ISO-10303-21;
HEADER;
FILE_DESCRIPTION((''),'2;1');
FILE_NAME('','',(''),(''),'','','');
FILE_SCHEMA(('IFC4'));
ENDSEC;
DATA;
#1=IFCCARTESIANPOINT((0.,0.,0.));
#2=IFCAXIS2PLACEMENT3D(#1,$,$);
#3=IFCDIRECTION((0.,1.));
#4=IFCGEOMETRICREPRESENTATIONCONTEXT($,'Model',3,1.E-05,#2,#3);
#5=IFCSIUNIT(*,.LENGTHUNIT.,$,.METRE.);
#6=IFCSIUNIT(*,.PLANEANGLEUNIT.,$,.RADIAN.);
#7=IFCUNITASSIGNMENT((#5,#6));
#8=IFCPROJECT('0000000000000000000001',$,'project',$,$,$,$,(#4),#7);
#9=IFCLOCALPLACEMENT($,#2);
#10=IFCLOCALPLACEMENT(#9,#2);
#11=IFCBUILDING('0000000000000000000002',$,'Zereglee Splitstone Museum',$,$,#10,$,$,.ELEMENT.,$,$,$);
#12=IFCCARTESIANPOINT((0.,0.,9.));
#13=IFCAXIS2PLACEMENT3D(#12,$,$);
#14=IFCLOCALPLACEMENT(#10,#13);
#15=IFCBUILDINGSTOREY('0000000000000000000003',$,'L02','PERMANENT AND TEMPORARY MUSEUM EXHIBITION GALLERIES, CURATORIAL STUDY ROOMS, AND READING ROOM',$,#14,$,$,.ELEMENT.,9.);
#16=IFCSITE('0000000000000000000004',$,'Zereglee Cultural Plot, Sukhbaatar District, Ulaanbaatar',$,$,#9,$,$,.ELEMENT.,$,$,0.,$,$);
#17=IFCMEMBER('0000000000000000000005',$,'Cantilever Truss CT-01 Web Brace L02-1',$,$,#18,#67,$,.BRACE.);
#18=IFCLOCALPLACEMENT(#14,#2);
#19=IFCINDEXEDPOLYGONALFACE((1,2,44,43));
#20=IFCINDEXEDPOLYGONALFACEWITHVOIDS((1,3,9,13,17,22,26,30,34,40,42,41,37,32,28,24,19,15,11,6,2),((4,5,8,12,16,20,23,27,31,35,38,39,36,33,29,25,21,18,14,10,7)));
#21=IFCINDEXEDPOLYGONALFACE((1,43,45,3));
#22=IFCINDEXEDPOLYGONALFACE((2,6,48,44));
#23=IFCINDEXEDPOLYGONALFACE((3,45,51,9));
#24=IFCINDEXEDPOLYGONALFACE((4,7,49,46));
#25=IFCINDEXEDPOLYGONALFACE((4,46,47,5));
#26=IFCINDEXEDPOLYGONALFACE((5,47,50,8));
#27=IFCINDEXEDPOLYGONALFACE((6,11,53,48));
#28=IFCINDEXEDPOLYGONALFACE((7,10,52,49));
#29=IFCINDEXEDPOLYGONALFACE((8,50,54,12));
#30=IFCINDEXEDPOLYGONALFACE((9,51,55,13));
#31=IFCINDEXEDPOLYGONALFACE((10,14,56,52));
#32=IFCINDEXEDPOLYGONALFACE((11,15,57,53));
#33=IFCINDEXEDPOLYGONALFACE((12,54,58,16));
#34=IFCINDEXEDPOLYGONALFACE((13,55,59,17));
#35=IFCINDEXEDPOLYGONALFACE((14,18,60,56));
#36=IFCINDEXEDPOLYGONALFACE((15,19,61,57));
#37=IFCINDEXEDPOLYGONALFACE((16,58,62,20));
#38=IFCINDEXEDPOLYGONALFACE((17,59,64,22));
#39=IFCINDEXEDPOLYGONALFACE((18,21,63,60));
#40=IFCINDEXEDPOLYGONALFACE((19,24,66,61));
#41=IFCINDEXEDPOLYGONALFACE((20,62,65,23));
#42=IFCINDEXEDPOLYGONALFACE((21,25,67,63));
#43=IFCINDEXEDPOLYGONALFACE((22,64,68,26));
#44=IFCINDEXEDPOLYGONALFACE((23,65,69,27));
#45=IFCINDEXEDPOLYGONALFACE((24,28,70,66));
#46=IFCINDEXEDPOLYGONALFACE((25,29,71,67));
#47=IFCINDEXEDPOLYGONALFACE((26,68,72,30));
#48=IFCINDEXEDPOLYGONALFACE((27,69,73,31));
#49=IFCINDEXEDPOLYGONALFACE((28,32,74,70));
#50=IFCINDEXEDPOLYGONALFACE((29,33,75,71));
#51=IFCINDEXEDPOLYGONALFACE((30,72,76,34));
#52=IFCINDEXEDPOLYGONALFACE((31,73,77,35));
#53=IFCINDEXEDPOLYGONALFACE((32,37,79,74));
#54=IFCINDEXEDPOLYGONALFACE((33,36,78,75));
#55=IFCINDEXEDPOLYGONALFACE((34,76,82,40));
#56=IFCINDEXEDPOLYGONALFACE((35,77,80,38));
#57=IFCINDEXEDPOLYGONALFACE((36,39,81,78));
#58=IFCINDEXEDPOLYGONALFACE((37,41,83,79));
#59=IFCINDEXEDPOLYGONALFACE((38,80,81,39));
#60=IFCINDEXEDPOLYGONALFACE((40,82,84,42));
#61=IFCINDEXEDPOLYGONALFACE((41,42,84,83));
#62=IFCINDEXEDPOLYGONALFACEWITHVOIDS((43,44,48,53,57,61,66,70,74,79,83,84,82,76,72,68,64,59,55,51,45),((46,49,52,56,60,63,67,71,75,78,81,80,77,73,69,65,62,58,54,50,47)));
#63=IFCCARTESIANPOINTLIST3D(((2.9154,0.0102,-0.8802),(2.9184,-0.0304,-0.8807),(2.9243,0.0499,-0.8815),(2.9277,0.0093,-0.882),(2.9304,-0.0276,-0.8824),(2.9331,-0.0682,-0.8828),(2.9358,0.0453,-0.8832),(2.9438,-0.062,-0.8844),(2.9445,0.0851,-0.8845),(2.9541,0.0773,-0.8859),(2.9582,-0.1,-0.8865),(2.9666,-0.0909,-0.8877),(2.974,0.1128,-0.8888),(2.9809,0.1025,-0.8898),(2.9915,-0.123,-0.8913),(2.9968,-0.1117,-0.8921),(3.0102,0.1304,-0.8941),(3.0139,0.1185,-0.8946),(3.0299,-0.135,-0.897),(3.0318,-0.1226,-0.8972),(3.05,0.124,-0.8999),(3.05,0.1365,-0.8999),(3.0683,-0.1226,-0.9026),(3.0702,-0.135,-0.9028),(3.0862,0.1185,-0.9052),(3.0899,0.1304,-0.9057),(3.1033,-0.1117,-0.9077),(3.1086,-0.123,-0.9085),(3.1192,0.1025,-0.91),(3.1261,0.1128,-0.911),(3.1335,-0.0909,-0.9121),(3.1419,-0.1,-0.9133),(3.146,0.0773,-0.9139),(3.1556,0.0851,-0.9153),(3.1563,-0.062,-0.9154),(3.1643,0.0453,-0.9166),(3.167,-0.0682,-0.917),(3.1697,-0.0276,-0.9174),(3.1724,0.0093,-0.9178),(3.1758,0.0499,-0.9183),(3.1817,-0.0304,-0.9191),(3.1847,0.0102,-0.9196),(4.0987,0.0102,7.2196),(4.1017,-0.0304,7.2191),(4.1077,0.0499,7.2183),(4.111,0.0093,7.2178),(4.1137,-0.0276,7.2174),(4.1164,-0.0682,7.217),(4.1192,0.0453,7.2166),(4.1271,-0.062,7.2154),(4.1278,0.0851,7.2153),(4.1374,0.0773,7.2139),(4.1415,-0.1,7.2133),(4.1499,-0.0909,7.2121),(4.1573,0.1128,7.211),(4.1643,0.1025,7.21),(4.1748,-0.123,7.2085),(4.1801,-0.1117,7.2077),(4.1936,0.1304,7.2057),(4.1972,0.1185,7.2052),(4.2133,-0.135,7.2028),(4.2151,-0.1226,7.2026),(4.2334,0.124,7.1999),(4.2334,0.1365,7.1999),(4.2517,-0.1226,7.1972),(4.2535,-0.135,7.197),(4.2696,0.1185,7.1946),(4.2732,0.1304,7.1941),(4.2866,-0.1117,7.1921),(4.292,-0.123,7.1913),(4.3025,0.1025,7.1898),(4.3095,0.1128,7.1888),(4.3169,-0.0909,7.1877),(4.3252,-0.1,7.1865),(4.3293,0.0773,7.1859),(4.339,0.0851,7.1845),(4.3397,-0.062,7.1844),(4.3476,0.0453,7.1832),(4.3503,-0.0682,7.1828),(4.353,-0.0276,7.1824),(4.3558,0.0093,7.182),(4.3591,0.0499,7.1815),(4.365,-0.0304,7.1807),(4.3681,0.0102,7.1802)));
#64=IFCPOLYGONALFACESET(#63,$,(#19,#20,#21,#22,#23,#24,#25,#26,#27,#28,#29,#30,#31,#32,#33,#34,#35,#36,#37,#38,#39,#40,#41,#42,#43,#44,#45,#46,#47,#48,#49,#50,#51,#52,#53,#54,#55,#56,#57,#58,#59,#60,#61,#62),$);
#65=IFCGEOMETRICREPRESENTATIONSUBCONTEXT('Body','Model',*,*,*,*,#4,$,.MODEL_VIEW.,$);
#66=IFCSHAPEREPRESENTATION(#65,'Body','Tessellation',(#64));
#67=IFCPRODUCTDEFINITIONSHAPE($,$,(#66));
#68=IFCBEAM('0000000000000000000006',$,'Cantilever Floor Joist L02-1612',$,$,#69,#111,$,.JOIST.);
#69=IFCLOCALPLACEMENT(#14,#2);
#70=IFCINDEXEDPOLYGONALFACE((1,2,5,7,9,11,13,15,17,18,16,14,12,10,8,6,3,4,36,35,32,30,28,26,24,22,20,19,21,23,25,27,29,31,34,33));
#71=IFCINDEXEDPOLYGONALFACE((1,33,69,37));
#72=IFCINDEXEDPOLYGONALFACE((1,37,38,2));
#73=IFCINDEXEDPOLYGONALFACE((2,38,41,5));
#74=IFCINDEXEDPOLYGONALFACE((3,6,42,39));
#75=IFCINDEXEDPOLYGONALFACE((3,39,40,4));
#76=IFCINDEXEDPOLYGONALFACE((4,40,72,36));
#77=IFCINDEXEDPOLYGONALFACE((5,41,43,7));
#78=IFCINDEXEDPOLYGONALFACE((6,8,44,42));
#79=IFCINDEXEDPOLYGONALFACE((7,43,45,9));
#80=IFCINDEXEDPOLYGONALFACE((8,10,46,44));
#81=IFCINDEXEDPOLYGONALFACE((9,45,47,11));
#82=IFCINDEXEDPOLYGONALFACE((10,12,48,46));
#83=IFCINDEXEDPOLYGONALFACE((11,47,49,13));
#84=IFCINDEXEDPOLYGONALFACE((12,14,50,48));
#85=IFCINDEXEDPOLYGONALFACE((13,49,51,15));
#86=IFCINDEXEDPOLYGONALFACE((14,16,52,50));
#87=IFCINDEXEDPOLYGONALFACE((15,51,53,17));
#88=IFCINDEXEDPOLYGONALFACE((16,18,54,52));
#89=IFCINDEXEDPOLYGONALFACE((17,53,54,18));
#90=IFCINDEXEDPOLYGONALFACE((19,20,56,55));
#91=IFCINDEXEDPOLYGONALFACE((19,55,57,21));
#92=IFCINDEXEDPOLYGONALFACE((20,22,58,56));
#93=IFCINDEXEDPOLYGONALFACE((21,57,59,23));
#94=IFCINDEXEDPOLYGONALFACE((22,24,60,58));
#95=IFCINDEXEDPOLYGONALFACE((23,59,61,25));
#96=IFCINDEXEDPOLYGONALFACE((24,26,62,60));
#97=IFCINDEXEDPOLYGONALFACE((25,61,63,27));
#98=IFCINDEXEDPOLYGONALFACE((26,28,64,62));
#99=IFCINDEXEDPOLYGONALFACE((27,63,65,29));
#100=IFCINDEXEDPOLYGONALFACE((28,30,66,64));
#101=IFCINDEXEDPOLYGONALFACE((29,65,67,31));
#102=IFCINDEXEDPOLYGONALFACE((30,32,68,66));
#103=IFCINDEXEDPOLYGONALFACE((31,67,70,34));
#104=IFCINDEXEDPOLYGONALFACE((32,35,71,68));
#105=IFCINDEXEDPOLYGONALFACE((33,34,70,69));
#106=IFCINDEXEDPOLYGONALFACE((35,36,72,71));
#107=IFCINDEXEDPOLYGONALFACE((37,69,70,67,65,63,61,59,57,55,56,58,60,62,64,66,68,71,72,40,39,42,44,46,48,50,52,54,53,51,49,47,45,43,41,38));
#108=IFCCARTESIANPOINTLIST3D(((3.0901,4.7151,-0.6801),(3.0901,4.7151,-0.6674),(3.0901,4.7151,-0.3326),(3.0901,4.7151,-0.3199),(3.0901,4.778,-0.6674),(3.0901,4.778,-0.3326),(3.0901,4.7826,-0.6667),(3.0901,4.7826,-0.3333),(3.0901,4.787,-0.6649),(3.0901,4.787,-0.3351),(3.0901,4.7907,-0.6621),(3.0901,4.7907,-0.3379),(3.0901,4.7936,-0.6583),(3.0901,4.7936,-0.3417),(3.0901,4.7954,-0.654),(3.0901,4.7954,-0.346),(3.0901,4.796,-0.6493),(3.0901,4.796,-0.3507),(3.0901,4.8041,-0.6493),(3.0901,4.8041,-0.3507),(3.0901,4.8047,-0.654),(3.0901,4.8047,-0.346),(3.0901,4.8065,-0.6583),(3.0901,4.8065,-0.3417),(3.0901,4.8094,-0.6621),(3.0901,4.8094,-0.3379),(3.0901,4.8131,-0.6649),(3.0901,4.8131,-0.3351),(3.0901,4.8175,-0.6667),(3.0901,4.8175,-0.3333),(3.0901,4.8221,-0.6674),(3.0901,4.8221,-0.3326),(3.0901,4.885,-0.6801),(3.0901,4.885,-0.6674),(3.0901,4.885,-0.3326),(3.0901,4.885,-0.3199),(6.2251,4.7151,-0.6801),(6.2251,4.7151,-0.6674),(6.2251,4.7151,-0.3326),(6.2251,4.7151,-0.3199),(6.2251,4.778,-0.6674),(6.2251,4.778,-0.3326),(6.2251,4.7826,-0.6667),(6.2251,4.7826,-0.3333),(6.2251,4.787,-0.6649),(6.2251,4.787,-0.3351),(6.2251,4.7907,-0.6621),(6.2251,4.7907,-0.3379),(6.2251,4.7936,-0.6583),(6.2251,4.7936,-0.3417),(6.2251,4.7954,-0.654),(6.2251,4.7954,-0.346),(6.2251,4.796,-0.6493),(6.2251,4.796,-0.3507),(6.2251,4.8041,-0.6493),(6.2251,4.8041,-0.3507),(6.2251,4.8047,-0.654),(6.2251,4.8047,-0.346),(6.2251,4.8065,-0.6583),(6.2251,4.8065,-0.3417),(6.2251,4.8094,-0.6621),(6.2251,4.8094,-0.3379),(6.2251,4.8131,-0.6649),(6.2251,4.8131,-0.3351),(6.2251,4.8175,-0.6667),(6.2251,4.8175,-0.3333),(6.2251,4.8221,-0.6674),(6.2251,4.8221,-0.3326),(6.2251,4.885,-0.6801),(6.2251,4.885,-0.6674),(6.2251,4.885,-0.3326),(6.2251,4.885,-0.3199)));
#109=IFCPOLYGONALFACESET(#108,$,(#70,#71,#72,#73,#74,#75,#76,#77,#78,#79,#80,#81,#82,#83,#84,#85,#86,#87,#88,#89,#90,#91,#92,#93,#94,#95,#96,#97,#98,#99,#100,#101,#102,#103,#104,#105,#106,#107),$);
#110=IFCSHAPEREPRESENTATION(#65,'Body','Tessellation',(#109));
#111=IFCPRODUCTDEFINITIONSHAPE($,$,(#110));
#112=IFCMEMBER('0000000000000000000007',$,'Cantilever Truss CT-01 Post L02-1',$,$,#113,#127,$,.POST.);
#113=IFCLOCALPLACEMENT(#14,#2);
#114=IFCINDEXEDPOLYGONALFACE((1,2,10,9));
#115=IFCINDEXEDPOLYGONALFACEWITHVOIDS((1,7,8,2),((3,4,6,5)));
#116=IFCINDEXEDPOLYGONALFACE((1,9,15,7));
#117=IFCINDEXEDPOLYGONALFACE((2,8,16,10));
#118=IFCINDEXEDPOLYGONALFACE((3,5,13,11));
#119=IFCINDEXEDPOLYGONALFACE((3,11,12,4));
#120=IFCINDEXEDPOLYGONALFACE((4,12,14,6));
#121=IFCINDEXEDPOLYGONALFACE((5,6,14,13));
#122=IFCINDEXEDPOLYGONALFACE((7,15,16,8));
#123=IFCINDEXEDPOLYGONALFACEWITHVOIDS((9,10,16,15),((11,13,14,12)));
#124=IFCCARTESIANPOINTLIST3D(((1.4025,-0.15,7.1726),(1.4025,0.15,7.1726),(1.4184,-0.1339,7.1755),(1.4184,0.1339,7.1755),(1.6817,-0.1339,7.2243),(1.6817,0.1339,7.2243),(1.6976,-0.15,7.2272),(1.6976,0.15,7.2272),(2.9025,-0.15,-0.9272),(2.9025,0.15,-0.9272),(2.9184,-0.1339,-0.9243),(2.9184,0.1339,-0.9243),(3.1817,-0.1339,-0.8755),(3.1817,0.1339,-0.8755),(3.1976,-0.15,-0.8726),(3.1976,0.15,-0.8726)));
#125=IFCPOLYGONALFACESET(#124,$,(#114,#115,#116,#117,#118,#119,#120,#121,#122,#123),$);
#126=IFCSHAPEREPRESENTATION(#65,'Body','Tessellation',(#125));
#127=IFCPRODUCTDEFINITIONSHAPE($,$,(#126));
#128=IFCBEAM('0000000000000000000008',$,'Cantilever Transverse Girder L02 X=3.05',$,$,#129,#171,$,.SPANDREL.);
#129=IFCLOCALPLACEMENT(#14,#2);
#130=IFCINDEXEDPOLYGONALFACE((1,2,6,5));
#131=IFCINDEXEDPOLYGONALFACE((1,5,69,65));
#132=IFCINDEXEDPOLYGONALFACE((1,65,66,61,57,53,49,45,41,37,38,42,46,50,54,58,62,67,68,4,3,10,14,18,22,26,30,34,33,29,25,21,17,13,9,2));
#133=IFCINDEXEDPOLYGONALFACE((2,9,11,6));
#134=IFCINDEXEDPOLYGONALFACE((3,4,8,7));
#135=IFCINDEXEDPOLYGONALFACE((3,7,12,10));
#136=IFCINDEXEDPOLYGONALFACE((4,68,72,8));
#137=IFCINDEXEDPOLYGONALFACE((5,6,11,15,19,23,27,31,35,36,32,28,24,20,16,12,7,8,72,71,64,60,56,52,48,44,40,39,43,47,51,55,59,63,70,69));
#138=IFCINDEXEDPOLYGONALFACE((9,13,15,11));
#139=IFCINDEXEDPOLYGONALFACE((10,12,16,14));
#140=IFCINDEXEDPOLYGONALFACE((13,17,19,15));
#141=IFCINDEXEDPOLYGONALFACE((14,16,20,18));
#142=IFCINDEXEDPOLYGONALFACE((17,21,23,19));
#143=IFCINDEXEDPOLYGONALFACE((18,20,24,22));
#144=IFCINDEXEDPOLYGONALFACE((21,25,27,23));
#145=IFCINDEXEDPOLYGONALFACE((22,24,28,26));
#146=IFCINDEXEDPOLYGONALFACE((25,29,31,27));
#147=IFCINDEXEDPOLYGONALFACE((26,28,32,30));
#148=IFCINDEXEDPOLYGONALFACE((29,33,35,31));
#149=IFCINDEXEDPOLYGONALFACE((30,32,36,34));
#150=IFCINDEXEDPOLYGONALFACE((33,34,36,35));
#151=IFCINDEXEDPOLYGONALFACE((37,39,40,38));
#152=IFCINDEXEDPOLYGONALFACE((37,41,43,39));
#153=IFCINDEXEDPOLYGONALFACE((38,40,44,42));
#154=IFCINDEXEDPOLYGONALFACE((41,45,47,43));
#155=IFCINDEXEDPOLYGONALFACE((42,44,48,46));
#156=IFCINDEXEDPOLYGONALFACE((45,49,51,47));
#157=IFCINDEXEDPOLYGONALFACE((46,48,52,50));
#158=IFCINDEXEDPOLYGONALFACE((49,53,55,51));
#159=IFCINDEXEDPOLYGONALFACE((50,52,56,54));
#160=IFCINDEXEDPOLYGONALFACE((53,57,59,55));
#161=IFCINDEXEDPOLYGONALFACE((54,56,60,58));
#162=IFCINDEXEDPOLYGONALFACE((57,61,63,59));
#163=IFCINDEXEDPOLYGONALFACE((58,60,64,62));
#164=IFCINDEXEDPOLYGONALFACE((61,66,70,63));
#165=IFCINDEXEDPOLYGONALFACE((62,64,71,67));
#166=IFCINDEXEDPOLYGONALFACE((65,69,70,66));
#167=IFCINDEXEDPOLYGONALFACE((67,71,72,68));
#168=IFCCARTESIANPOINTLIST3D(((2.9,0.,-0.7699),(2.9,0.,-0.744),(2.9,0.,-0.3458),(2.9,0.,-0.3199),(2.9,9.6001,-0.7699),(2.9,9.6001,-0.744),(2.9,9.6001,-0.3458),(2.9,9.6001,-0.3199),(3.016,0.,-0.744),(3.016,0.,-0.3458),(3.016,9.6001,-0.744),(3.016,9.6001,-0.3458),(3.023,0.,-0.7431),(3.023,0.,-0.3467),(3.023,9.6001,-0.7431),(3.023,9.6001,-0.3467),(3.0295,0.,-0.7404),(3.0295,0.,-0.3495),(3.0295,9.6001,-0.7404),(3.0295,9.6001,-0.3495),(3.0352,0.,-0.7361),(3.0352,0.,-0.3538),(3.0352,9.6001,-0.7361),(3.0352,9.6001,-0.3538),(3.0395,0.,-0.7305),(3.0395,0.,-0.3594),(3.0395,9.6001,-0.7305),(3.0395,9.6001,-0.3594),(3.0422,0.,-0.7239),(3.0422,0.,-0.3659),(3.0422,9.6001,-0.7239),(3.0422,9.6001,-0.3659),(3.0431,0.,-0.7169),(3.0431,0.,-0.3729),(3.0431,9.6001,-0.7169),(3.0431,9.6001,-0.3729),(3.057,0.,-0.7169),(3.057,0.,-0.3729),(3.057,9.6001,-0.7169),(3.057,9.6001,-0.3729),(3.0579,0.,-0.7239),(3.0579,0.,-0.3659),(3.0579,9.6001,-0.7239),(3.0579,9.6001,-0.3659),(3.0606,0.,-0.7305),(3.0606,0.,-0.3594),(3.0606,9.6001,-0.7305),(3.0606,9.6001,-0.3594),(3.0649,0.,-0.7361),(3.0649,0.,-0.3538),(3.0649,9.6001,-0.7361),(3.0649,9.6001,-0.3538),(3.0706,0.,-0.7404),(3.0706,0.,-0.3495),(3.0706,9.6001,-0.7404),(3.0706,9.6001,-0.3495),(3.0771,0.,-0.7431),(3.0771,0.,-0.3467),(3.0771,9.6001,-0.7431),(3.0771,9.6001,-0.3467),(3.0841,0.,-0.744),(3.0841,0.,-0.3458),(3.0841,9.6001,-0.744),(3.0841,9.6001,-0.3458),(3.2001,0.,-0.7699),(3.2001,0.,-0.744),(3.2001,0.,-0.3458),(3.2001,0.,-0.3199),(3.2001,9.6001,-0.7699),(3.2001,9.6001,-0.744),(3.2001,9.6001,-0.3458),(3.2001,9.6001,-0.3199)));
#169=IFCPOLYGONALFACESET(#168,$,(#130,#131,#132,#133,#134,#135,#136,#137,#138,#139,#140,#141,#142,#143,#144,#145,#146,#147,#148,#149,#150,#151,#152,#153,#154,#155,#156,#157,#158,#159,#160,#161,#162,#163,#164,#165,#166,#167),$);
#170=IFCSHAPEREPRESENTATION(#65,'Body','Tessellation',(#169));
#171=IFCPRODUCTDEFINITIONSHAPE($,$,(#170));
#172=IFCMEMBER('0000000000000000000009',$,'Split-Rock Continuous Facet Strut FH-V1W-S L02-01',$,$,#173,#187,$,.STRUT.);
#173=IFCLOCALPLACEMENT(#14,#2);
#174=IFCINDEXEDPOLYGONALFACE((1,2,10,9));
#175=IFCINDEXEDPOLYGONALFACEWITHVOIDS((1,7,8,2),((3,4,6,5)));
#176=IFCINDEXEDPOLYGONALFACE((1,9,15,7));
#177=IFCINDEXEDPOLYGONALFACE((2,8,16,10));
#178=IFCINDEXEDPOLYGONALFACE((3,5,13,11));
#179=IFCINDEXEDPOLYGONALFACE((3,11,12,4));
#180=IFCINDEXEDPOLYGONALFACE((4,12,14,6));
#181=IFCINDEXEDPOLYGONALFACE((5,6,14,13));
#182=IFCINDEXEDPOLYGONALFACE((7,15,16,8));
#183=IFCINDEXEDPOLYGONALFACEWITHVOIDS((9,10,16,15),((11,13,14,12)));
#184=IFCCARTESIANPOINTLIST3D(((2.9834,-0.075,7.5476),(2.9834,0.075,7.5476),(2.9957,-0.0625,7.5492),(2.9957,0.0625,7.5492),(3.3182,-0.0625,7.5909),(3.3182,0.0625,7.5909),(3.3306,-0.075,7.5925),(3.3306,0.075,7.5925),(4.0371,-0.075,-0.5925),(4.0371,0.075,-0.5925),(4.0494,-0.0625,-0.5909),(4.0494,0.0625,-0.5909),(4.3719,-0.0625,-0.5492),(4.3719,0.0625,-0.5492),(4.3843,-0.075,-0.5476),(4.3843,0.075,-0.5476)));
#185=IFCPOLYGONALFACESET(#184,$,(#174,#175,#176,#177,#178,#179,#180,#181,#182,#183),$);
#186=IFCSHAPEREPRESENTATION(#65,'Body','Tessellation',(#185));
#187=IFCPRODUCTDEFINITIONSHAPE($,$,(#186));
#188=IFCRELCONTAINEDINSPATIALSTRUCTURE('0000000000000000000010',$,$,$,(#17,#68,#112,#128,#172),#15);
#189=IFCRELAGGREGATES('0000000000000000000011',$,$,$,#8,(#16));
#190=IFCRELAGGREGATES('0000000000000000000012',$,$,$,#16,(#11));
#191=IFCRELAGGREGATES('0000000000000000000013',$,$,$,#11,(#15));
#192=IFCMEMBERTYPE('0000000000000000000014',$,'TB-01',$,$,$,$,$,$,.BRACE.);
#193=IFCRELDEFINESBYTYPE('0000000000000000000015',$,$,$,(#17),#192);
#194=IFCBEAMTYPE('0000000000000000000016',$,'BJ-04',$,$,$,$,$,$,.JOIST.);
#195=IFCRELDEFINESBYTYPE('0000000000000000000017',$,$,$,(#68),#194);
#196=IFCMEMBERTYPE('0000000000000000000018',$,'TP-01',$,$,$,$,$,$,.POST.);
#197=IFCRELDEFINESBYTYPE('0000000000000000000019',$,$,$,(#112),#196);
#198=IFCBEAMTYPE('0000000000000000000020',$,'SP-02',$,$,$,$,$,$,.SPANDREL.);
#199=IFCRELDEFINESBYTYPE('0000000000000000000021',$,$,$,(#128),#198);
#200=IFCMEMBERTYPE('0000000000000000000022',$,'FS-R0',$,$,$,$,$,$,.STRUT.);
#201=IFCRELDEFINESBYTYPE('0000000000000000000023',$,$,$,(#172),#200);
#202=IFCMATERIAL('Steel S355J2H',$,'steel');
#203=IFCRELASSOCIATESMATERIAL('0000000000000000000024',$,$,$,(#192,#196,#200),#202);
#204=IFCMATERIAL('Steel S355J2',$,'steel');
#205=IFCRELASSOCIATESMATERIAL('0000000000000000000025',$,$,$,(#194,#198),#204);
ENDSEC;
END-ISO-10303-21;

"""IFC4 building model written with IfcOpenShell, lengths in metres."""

from ifc_helpers import new_model, si_unit, direction, frame, origin, origin_2d, place, context, subcontext, project, spatial, hollow_rectangle, hollow_circle, i_section, extrude, material, material_profile, profile_set, type_object, element, save


model = new_model("IFC4")

# Units and contexts
model_context = context("Model", 3, precision=1e-05, world=origin(), true_north=direction((0.0, 1.0)))
body_context = subcontext(model_context, "Body", "Model", "MODEL_VIEW")
ifc_project = project(units=[si_unit("LENGTHUNIT", "METRE"), si_unit("PLANEANGLEUNIT", "RADIAN")], contexts=[model_context])

# Site, building, storey
site_placement = place(None, origin())
site = spatial("IfcSite", under=ifc_project, at=site_placement, Name="Zereglee Cultural Plot, Sukhbaatar District, Ulaanbaatar", CompositionType="ELEMENT", RefElevation=0.0)
building_placement = place(site_placement, origin())
building = spatial("IfcBuilding", under=site, at=building_placement, Name="Zereglee Splitstone Museum", CompositionType="ELEMENT")
storey_placement = place(building_placement, frame((0.0, 0.0, 9.0)))
storey = spatial("IfcBuildingStorey", under=building, at=storey_placement, Name="L02", Description="PERMANENT AND TEMPORARY MUSEUM EXHIBITION GALLERIES, CURATORIAL STUDY ROOMS, AND READING ROOM", CompositionType="ELEMENT", Elevation=9.0)

# Member
ifc_material_1 = material(Name="Steel S355J2H", Category="steel")
ifc_material_profile_1 = material_profile(ifc_material_1, hollow_circle(Radius=0.1365, WallThickness=0.0125, at=origin_2d()), Name="CHS 273.0x12.5")
ifc_profile_set_1 = profile_set([ifc_material_profile_1], Name="Steel S355J2H")
member_type_1 = type_object("IfcMemberType", Name="TB-01", PredefinedType="BRACE", material=ifc_profile_set_1)
member_1_placement = place(storey_placement, frame((3.05, 0.0, -0.8999), z_axis=(0.144561, 0.0, 0.989496), x_axis=(0.0, 1.0, 0.0)))
element("IfcMember", 1, at=member_1_placement, inside=storey, type_object=member_type_1, Name="Cantilever Truss CT-01 Web Brace L02-1", PredefinedType="BRACE", context=body_context, shape_type="SweptSolid", body=[
    extrude(hollow_circle(Radius=0.1365, WallThickness=0.0125, at=origin_2d()), origin(), (0.0, 0.0, 1.0), 8.1858),
])

# Beam
ifc_material_2 = material(Name="Steel S355J2", Category="steel")
ifc_material_profile_2 = material_profile(ifc_material_2, i_section(OverallWidth=0.1699, OverallDepth=0.3601, WebThickness=0.0081, FlangeThickness=0.0127, FilletRadius=0.0181, at=origin_2d()), Name="IPE 360")
ifc_profile_set_2 = profile_set([ifc_material_profile_2], Name="Steel S355J2")
beam_type_1 = type_object("IfcBeamType", Name="BJ-04", PredefinedType="JOIST", material=ifc_profile_set_2)
beam_1_placement = place(storey_placement, frame((3.0901, 4.8, -0.5), z_axis=(1.0, 0.0, 0.0), x_axis=(0.0, 1.0, 0.0)))
element("IfcBeam", 2, at=beam_1_placement, inside=storey, type_object=beam_type_1, Name="Cantilever Floor Joist L02-1612", PredefinedType="JOIST", context=body_context, shape_type="SweptSolid", body=[
    extrude(i_section(OverallWidth=0.1699, OverallDepth=0.3601, WebThickness=0.0081, FlangeThickness=0.0127, FilletRadius=0.0181, at=origin_2d()), origin(), (0.0, 0.0, 1.0), 3.135),
])

# Member
ifc_material_profile_3 = material_profile(ifc_material_1, hollow_rectangle(XDim=0.3, YDim=0.3, WallThickness=0.0161, at=origin_2d()), Name="SHS 300x300x16")
ifc_profile_set_3 = profile_set([ifc_material_profile_3], Name="Steel S355J2H")
member_type_2 = type_object("IfcMemberType", Name="TP-01", PredefinedType="POST", material=ifc_profile_set_3)
member_2_placement = place(storey_placement, frame((3.05, 0.0, -0.8999), z_axis=(-0.182092, 0.0, 0.983281), x_axis=(0.0, -1.0, 0.0)))
element("IfcMember", 3, at=member_2_placement, inside=storey, type_object=member_type_2, Name="Cantilever Truss CT-01 Post L02-1", PredefinedType="POST", context=body_context, shape_type="SweptSolid", body=[
    extrude(hollow_rectangle(XDim=0.3, YDim=0.3, WallThickness=0.0161, at=origin_2d()), origin(), (0.0, 0.0, 1.0), 8.2375),
])

# Beam
ifc_material_profile_4 = material_profile(ifc_material_2, i_section(OverallWidth=0.3, OverallDepth=0.45, WebThickness=0.0139, FlangeThickness=0.0259, FilletRadius=0.0271, at=origin_2d()), Name="HE 450 B")
ifc_profile_set_4 = profile_set([ifc_material_profile_4], Name="Steel S355J2")
beam_type_2 = type_object("IfcBeamType", Name="SP-02", PredefinedType="SPANDREL", material=ifc_profile_set_4)
beam_2_placement = place(storey_placement, frame((3.05, 0.0, -0.5449), z_axis=(0.0, 1.0, 0.0), x_axis=(-1.0, 0.0, 0.0)))
element("IfcBeam", 4, at=beam_2_placement, inside=storey, type_object=beam_type_2, Name="Cantilever Transverse Girder L02 X=3.05", PredefinedType="SPANDREL", context=body_context, shape_type="SweptSolid", body=[
    extrude(i_section(OverallWidth=0.3, OverallDepth=0.45, WebThickness=0.0139, FlangeThickness=0.0259, FilletRadius=0.0271, at=origin_2d()), origin(), (0.0, 0.0, 1.0), 9.6001),
])

# Member
ifc_material_profile_5 = material_profile(ifc_material_1, hollow_rectangle(XDim=0.1499, YDim=0.3501, WallThickness=0.0125, at=origin_2d()), Name="RHS 350x150x12.5")
ifc_profile_set_5 = profile_set([ifc_material_profile_5], Name="Steel S355J2H")
member_type_3 = type_object("IfcMemberType", Name="FS-R0", PredefinedType="STRUT", material=ifc_profile_set_5)
member_3_placement = place(storey_placement, frame((4.2107, 0.0, -0.5701), z_axis=(-0.128375, 0.0, 0.991726), x_axis=(0.0, -1.0, 0.0)))
element("IfcMember", 5, at=member_3_placement, inside=storey, type_object=member_type_3, Name="Split-Rock Continuous Facet Strut FH-V1W-S L02-01", PredefinedType="STRUT", context=body_context, shape_type="SweptSolid", body=[
    extrude(hollow_rectangle(XDim=0.1499, YDim=0.3501, WallThickness=0.0125, at=origin_2d()), origin(), (0.0, 0.0, 1.0), 8.208),
])

save(model, "model.ifc")
